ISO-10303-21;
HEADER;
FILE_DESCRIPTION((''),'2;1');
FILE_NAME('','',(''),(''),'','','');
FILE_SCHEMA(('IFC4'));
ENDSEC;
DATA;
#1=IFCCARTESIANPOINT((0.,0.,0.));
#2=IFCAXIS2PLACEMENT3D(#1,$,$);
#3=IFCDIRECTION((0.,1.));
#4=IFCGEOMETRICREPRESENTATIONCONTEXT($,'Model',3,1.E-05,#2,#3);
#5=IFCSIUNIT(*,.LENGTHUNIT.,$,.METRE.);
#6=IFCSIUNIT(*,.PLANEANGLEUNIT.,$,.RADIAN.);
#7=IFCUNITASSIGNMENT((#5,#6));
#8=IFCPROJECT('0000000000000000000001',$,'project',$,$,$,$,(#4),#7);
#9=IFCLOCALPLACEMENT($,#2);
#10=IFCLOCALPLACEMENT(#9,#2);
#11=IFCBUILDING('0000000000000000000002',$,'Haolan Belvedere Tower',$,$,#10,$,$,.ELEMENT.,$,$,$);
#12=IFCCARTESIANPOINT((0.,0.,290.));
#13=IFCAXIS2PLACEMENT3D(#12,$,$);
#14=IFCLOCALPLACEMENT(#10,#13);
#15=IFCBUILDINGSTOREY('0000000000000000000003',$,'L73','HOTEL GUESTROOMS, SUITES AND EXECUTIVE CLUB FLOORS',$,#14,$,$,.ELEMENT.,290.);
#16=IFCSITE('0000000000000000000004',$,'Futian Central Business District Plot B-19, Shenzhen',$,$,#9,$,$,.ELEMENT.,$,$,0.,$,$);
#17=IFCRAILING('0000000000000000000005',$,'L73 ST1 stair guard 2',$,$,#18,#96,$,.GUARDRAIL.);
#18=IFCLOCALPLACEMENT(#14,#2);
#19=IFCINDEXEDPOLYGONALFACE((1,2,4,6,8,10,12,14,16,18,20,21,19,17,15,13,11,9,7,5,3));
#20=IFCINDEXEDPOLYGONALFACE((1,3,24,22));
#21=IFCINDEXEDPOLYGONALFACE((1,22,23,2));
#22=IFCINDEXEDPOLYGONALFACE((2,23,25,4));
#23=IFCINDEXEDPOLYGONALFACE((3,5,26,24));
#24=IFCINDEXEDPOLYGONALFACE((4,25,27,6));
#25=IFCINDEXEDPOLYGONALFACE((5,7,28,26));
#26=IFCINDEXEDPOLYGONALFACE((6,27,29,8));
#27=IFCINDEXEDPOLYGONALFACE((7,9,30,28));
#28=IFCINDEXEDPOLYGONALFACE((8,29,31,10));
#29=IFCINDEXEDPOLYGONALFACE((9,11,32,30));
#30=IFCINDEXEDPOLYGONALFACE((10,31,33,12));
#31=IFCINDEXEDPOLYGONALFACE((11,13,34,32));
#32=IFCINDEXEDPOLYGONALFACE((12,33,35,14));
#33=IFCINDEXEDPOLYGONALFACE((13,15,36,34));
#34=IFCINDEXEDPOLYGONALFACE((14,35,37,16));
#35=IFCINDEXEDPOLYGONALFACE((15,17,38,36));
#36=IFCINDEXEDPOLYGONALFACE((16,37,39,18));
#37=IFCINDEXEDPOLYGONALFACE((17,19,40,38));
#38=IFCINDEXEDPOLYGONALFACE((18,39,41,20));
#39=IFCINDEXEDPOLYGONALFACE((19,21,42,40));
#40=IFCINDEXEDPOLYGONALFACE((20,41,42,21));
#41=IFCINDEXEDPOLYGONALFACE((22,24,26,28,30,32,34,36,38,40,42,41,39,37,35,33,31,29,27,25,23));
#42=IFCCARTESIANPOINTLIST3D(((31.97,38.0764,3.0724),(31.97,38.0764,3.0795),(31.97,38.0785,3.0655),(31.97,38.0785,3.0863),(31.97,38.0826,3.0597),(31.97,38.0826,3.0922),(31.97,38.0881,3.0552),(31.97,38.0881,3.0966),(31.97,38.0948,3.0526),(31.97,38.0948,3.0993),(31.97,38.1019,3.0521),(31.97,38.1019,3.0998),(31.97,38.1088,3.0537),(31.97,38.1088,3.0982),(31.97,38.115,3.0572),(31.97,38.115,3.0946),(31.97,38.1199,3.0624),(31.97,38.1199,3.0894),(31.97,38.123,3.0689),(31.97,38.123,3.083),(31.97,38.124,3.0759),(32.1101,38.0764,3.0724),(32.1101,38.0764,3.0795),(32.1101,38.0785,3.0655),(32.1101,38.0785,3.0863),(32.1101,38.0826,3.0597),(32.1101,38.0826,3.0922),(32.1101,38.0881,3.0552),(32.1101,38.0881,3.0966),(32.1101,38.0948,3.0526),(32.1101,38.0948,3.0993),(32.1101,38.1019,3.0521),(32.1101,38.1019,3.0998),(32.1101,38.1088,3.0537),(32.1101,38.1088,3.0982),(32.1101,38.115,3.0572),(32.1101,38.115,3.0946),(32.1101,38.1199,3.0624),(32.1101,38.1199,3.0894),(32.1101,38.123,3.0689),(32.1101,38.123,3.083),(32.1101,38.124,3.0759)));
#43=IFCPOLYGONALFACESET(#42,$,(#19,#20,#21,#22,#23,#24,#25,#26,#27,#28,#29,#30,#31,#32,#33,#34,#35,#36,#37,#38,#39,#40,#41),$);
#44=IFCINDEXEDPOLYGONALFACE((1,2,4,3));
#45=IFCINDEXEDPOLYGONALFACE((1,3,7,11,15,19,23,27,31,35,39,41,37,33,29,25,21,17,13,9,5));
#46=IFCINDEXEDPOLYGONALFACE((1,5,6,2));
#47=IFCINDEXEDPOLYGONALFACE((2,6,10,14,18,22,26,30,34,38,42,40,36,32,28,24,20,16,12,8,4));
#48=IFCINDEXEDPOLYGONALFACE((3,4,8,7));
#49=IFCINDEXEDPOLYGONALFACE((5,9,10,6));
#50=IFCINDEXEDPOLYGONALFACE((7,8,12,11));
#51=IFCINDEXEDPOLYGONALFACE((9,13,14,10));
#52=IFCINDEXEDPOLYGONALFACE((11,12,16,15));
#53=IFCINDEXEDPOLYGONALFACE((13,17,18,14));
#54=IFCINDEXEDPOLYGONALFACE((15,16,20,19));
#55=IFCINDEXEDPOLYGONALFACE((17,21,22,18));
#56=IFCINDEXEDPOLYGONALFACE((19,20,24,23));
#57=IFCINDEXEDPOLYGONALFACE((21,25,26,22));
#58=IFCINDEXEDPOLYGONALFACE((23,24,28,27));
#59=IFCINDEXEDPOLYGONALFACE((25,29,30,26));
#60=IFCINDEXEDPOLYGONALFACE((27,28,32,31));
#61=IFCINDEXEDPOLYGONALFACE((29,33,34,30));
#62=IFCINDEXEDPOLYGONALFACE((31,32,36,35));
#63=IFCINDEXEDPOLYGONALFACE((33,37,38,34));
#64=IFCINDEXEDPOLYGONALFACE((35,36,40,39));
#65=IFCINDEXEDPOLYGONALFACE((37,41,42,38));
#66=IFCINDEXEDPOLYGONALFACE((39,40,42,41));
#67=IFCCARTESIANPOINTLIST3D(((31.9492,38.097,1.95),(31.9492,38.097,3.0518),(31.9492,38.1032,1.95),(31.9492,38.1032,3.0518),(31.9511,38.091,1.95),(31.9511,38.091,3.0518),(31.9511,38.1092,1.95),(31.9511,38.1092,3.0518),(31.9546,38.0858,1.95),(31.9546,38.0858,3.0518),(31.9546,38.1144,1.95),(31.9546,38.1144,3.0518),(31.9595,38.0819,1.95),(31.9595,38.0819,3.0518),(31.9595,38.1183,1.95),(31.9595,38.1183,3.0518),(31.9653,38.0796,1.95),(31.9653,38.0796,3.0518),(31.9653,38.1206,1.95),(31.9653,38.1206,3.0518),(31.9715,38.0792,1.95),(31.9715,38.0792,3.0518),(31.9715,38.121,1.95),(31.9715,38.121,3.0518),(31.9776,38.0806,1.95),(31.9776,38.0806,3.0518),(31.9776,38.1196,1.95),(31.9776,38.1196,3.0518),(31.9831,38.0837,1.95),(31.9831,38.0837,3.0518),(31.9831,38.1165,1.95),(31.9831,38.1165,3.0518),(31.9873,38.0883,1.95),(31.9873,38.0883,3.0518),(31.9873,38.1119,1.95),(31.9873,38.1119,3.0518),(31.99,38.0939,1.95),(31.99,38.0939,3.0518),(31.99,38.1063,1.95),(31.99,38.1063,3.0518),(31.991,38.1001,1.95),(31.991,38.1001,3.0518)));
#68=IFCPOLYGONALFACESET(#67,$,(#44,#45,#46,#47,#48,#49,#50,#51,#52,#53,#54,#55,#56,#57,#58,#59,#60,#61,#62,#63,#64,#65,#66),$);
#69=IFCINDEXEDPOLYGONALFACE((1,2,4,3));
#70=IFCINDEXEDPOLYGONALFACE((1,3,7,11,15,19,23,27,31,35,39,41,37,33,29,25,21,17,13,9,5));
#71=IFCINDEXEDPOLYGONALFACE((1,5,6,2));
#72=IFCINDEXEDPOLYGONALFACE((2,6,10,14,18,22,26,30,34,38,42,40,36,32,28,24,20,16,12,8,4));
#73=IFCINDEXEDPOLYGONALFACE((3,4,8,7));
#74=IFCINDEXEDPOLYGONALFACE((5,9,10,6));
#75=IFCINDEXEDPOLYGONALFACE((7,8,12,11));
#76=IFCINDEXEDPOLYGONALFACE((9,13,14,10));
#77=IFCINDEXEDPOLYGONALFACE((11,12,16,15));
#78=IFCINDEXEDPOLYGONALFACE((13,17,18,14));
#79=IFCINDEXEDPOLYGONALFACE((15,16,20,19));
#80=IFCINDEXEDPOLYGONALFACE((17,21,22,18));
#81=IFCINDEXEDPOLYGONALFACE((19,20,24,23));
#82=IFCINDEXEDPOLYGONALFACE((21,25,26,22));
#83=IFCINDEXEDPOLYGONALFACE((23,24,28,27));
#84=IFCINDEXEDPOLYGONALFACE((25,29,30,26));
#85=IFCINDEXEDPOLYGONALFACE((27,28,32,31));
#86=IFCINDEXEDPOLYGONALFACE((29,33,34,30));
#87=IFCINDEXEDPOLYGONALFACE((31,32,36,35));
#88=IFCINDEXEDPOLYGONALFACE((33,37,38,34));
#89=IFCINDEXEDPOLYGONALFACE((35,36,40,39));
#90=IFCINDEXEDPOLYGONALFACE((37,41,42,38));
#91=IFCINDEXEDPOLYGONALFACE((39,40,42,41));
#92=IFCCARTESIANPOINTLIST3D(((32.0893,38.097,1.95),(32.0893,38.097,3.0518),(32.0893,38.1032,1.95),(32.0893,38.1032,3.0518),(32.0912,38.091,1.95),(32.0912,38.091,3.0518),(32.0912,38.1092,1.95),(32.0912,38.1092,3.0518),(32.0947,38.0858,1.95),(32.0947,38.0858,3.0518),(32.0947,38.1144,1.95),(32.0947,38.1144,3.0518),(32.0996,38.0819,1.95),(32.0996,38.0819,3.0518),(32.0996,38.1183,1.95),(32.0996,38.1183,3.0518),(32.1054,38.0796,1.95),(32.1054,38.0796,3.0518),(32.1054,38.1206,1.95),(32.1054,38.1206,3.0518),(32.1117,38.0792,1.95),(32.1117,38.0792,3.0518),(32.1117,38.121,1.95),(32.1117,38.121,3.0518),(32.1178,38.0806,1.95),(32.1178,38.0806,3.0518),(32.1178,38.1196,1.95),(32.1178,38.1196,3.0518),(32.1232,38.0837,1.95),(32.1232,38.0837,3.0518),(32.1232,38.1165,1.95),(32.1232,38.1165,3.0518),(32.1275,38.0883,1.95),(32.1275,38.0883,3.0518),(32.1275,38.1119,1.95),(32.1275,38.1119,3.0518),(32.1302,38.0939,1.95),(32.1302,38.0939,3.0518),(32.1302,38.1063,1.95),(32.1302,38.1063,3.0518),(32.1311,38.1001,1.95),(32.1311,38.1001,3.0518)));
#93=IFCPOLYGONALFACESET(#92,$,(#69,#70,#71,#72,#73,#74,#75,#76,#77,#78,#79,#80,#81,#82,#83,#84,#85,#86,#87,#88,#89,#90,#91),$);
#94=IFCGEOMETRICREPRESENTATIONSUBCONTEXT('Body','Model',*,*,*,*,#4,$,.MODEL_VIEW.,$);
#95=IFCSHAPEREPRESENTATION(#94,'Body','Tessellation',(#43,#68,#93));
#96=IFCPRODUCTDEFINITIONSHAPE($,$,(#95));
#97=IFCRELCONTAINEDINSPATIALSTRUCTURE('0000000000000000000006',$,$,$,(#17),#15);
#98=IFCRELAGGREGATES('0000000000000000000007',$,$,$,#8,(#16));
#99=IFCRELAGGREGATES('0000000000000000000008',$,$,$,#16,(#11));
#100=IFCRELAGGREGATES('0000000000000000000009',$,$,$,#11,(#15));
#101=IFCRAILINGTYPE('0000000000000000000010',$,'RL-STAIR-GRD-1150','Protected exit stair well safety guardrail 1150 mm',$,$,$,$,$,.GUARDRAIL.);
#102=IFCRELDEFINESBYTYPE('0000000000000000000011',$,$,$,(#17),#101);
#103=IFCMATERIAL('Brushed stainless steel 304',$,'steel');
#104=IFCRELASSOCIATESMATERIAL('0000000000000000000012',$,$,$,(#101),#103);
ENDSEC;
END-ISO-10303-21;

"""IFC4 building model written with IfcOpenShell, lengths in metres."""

from ifc_helpers import new_model, si_unit, direction, frame, origin, origin_2d, place, context, subcontext, project, spatial, circle, extrude, material, type_object, element, save


model = new_model("IFC4")

# Units and contexts
model_context = context("Model", 3, precision=1e-05, world=origin(), true_north=direction((0.0, 1.0)))
body_context = subcontext(model_context, "Body", "Model", "MODEL_VIEW")
ifc_project = project(units=[si_unit("LENGTHUNIT", "METRE"), si_unit("PLANEANGLEUNIT", "RADIAN")], contexts=[model_context])

# Site, building, storey
site_placement = place(None, origin())
site = spatial("IfcSite", under=ifc_project, at=site_placement, Name="Futian Central Business District Plot B-19, Shenzhen", CompositionType="ELEMENT", RefElevation=0.0)
building_placement = place(site_placement, origin())
building = spatial("IfcBuilding", under=site, at=building_placement, Name="Haolan Belvedere Tower", CompositionType="ELEMENT")
storey_placement = place(building_placement, frame((0.0, 0.0, 290.0)))
storey = spatial("IfcBuildingStorey", under=building, at=storey_placement, Name="L73", Description="HOTEL GUESTROOMS, SUITES AND EXECUTIVE CLUB FLOORS", CompositionType="ELEMENT", Elevation=290.0)

# Railing
ifc_material_1 = material(Name="Brushed stainless steel 304", Category="steel")
railing_type_1 = type_object("IfcRailingType", Name="RL-STAIR-GRD-1150", Description="Protected exit stair well safety guardrail 1150 mm", PredefinedType="GUARDRAIL", material=ifc_material_1)
railing_1_placement = place(storey_placement, frame((31.97, 38.1001, 1.95)))
element("IfcRailing", 1, at=railing_1_placement, inside=storey, type_object=railing_type_1, Name="L73 ST1 stair guard 2", PredefinedType="GUARDRAIL", context=body_context, shape_type="SweptSolid", body=[
    extrude(circle(Radius=0.0239, at=origin_2d()), frame((0.0, 0.0, 1.126), z_axis=(1.0, 0.0, 0.0), x_axis=(0.0, 1.0, 0.0)), (0.0, 0.0, 1.0), 0.1401),
    extrude(circle(Radius=0.021, at=origin_2d()), origin(), (0.0, 0.0, 1.0), 1.1018),
    extrude(circle(Radius=0.021, at=origin_2d()), frame((0.1401, 0.0, 0.0)), (0.0, 0.0, 1.0), 1.1018),
])

save(model, "model.ifc")
